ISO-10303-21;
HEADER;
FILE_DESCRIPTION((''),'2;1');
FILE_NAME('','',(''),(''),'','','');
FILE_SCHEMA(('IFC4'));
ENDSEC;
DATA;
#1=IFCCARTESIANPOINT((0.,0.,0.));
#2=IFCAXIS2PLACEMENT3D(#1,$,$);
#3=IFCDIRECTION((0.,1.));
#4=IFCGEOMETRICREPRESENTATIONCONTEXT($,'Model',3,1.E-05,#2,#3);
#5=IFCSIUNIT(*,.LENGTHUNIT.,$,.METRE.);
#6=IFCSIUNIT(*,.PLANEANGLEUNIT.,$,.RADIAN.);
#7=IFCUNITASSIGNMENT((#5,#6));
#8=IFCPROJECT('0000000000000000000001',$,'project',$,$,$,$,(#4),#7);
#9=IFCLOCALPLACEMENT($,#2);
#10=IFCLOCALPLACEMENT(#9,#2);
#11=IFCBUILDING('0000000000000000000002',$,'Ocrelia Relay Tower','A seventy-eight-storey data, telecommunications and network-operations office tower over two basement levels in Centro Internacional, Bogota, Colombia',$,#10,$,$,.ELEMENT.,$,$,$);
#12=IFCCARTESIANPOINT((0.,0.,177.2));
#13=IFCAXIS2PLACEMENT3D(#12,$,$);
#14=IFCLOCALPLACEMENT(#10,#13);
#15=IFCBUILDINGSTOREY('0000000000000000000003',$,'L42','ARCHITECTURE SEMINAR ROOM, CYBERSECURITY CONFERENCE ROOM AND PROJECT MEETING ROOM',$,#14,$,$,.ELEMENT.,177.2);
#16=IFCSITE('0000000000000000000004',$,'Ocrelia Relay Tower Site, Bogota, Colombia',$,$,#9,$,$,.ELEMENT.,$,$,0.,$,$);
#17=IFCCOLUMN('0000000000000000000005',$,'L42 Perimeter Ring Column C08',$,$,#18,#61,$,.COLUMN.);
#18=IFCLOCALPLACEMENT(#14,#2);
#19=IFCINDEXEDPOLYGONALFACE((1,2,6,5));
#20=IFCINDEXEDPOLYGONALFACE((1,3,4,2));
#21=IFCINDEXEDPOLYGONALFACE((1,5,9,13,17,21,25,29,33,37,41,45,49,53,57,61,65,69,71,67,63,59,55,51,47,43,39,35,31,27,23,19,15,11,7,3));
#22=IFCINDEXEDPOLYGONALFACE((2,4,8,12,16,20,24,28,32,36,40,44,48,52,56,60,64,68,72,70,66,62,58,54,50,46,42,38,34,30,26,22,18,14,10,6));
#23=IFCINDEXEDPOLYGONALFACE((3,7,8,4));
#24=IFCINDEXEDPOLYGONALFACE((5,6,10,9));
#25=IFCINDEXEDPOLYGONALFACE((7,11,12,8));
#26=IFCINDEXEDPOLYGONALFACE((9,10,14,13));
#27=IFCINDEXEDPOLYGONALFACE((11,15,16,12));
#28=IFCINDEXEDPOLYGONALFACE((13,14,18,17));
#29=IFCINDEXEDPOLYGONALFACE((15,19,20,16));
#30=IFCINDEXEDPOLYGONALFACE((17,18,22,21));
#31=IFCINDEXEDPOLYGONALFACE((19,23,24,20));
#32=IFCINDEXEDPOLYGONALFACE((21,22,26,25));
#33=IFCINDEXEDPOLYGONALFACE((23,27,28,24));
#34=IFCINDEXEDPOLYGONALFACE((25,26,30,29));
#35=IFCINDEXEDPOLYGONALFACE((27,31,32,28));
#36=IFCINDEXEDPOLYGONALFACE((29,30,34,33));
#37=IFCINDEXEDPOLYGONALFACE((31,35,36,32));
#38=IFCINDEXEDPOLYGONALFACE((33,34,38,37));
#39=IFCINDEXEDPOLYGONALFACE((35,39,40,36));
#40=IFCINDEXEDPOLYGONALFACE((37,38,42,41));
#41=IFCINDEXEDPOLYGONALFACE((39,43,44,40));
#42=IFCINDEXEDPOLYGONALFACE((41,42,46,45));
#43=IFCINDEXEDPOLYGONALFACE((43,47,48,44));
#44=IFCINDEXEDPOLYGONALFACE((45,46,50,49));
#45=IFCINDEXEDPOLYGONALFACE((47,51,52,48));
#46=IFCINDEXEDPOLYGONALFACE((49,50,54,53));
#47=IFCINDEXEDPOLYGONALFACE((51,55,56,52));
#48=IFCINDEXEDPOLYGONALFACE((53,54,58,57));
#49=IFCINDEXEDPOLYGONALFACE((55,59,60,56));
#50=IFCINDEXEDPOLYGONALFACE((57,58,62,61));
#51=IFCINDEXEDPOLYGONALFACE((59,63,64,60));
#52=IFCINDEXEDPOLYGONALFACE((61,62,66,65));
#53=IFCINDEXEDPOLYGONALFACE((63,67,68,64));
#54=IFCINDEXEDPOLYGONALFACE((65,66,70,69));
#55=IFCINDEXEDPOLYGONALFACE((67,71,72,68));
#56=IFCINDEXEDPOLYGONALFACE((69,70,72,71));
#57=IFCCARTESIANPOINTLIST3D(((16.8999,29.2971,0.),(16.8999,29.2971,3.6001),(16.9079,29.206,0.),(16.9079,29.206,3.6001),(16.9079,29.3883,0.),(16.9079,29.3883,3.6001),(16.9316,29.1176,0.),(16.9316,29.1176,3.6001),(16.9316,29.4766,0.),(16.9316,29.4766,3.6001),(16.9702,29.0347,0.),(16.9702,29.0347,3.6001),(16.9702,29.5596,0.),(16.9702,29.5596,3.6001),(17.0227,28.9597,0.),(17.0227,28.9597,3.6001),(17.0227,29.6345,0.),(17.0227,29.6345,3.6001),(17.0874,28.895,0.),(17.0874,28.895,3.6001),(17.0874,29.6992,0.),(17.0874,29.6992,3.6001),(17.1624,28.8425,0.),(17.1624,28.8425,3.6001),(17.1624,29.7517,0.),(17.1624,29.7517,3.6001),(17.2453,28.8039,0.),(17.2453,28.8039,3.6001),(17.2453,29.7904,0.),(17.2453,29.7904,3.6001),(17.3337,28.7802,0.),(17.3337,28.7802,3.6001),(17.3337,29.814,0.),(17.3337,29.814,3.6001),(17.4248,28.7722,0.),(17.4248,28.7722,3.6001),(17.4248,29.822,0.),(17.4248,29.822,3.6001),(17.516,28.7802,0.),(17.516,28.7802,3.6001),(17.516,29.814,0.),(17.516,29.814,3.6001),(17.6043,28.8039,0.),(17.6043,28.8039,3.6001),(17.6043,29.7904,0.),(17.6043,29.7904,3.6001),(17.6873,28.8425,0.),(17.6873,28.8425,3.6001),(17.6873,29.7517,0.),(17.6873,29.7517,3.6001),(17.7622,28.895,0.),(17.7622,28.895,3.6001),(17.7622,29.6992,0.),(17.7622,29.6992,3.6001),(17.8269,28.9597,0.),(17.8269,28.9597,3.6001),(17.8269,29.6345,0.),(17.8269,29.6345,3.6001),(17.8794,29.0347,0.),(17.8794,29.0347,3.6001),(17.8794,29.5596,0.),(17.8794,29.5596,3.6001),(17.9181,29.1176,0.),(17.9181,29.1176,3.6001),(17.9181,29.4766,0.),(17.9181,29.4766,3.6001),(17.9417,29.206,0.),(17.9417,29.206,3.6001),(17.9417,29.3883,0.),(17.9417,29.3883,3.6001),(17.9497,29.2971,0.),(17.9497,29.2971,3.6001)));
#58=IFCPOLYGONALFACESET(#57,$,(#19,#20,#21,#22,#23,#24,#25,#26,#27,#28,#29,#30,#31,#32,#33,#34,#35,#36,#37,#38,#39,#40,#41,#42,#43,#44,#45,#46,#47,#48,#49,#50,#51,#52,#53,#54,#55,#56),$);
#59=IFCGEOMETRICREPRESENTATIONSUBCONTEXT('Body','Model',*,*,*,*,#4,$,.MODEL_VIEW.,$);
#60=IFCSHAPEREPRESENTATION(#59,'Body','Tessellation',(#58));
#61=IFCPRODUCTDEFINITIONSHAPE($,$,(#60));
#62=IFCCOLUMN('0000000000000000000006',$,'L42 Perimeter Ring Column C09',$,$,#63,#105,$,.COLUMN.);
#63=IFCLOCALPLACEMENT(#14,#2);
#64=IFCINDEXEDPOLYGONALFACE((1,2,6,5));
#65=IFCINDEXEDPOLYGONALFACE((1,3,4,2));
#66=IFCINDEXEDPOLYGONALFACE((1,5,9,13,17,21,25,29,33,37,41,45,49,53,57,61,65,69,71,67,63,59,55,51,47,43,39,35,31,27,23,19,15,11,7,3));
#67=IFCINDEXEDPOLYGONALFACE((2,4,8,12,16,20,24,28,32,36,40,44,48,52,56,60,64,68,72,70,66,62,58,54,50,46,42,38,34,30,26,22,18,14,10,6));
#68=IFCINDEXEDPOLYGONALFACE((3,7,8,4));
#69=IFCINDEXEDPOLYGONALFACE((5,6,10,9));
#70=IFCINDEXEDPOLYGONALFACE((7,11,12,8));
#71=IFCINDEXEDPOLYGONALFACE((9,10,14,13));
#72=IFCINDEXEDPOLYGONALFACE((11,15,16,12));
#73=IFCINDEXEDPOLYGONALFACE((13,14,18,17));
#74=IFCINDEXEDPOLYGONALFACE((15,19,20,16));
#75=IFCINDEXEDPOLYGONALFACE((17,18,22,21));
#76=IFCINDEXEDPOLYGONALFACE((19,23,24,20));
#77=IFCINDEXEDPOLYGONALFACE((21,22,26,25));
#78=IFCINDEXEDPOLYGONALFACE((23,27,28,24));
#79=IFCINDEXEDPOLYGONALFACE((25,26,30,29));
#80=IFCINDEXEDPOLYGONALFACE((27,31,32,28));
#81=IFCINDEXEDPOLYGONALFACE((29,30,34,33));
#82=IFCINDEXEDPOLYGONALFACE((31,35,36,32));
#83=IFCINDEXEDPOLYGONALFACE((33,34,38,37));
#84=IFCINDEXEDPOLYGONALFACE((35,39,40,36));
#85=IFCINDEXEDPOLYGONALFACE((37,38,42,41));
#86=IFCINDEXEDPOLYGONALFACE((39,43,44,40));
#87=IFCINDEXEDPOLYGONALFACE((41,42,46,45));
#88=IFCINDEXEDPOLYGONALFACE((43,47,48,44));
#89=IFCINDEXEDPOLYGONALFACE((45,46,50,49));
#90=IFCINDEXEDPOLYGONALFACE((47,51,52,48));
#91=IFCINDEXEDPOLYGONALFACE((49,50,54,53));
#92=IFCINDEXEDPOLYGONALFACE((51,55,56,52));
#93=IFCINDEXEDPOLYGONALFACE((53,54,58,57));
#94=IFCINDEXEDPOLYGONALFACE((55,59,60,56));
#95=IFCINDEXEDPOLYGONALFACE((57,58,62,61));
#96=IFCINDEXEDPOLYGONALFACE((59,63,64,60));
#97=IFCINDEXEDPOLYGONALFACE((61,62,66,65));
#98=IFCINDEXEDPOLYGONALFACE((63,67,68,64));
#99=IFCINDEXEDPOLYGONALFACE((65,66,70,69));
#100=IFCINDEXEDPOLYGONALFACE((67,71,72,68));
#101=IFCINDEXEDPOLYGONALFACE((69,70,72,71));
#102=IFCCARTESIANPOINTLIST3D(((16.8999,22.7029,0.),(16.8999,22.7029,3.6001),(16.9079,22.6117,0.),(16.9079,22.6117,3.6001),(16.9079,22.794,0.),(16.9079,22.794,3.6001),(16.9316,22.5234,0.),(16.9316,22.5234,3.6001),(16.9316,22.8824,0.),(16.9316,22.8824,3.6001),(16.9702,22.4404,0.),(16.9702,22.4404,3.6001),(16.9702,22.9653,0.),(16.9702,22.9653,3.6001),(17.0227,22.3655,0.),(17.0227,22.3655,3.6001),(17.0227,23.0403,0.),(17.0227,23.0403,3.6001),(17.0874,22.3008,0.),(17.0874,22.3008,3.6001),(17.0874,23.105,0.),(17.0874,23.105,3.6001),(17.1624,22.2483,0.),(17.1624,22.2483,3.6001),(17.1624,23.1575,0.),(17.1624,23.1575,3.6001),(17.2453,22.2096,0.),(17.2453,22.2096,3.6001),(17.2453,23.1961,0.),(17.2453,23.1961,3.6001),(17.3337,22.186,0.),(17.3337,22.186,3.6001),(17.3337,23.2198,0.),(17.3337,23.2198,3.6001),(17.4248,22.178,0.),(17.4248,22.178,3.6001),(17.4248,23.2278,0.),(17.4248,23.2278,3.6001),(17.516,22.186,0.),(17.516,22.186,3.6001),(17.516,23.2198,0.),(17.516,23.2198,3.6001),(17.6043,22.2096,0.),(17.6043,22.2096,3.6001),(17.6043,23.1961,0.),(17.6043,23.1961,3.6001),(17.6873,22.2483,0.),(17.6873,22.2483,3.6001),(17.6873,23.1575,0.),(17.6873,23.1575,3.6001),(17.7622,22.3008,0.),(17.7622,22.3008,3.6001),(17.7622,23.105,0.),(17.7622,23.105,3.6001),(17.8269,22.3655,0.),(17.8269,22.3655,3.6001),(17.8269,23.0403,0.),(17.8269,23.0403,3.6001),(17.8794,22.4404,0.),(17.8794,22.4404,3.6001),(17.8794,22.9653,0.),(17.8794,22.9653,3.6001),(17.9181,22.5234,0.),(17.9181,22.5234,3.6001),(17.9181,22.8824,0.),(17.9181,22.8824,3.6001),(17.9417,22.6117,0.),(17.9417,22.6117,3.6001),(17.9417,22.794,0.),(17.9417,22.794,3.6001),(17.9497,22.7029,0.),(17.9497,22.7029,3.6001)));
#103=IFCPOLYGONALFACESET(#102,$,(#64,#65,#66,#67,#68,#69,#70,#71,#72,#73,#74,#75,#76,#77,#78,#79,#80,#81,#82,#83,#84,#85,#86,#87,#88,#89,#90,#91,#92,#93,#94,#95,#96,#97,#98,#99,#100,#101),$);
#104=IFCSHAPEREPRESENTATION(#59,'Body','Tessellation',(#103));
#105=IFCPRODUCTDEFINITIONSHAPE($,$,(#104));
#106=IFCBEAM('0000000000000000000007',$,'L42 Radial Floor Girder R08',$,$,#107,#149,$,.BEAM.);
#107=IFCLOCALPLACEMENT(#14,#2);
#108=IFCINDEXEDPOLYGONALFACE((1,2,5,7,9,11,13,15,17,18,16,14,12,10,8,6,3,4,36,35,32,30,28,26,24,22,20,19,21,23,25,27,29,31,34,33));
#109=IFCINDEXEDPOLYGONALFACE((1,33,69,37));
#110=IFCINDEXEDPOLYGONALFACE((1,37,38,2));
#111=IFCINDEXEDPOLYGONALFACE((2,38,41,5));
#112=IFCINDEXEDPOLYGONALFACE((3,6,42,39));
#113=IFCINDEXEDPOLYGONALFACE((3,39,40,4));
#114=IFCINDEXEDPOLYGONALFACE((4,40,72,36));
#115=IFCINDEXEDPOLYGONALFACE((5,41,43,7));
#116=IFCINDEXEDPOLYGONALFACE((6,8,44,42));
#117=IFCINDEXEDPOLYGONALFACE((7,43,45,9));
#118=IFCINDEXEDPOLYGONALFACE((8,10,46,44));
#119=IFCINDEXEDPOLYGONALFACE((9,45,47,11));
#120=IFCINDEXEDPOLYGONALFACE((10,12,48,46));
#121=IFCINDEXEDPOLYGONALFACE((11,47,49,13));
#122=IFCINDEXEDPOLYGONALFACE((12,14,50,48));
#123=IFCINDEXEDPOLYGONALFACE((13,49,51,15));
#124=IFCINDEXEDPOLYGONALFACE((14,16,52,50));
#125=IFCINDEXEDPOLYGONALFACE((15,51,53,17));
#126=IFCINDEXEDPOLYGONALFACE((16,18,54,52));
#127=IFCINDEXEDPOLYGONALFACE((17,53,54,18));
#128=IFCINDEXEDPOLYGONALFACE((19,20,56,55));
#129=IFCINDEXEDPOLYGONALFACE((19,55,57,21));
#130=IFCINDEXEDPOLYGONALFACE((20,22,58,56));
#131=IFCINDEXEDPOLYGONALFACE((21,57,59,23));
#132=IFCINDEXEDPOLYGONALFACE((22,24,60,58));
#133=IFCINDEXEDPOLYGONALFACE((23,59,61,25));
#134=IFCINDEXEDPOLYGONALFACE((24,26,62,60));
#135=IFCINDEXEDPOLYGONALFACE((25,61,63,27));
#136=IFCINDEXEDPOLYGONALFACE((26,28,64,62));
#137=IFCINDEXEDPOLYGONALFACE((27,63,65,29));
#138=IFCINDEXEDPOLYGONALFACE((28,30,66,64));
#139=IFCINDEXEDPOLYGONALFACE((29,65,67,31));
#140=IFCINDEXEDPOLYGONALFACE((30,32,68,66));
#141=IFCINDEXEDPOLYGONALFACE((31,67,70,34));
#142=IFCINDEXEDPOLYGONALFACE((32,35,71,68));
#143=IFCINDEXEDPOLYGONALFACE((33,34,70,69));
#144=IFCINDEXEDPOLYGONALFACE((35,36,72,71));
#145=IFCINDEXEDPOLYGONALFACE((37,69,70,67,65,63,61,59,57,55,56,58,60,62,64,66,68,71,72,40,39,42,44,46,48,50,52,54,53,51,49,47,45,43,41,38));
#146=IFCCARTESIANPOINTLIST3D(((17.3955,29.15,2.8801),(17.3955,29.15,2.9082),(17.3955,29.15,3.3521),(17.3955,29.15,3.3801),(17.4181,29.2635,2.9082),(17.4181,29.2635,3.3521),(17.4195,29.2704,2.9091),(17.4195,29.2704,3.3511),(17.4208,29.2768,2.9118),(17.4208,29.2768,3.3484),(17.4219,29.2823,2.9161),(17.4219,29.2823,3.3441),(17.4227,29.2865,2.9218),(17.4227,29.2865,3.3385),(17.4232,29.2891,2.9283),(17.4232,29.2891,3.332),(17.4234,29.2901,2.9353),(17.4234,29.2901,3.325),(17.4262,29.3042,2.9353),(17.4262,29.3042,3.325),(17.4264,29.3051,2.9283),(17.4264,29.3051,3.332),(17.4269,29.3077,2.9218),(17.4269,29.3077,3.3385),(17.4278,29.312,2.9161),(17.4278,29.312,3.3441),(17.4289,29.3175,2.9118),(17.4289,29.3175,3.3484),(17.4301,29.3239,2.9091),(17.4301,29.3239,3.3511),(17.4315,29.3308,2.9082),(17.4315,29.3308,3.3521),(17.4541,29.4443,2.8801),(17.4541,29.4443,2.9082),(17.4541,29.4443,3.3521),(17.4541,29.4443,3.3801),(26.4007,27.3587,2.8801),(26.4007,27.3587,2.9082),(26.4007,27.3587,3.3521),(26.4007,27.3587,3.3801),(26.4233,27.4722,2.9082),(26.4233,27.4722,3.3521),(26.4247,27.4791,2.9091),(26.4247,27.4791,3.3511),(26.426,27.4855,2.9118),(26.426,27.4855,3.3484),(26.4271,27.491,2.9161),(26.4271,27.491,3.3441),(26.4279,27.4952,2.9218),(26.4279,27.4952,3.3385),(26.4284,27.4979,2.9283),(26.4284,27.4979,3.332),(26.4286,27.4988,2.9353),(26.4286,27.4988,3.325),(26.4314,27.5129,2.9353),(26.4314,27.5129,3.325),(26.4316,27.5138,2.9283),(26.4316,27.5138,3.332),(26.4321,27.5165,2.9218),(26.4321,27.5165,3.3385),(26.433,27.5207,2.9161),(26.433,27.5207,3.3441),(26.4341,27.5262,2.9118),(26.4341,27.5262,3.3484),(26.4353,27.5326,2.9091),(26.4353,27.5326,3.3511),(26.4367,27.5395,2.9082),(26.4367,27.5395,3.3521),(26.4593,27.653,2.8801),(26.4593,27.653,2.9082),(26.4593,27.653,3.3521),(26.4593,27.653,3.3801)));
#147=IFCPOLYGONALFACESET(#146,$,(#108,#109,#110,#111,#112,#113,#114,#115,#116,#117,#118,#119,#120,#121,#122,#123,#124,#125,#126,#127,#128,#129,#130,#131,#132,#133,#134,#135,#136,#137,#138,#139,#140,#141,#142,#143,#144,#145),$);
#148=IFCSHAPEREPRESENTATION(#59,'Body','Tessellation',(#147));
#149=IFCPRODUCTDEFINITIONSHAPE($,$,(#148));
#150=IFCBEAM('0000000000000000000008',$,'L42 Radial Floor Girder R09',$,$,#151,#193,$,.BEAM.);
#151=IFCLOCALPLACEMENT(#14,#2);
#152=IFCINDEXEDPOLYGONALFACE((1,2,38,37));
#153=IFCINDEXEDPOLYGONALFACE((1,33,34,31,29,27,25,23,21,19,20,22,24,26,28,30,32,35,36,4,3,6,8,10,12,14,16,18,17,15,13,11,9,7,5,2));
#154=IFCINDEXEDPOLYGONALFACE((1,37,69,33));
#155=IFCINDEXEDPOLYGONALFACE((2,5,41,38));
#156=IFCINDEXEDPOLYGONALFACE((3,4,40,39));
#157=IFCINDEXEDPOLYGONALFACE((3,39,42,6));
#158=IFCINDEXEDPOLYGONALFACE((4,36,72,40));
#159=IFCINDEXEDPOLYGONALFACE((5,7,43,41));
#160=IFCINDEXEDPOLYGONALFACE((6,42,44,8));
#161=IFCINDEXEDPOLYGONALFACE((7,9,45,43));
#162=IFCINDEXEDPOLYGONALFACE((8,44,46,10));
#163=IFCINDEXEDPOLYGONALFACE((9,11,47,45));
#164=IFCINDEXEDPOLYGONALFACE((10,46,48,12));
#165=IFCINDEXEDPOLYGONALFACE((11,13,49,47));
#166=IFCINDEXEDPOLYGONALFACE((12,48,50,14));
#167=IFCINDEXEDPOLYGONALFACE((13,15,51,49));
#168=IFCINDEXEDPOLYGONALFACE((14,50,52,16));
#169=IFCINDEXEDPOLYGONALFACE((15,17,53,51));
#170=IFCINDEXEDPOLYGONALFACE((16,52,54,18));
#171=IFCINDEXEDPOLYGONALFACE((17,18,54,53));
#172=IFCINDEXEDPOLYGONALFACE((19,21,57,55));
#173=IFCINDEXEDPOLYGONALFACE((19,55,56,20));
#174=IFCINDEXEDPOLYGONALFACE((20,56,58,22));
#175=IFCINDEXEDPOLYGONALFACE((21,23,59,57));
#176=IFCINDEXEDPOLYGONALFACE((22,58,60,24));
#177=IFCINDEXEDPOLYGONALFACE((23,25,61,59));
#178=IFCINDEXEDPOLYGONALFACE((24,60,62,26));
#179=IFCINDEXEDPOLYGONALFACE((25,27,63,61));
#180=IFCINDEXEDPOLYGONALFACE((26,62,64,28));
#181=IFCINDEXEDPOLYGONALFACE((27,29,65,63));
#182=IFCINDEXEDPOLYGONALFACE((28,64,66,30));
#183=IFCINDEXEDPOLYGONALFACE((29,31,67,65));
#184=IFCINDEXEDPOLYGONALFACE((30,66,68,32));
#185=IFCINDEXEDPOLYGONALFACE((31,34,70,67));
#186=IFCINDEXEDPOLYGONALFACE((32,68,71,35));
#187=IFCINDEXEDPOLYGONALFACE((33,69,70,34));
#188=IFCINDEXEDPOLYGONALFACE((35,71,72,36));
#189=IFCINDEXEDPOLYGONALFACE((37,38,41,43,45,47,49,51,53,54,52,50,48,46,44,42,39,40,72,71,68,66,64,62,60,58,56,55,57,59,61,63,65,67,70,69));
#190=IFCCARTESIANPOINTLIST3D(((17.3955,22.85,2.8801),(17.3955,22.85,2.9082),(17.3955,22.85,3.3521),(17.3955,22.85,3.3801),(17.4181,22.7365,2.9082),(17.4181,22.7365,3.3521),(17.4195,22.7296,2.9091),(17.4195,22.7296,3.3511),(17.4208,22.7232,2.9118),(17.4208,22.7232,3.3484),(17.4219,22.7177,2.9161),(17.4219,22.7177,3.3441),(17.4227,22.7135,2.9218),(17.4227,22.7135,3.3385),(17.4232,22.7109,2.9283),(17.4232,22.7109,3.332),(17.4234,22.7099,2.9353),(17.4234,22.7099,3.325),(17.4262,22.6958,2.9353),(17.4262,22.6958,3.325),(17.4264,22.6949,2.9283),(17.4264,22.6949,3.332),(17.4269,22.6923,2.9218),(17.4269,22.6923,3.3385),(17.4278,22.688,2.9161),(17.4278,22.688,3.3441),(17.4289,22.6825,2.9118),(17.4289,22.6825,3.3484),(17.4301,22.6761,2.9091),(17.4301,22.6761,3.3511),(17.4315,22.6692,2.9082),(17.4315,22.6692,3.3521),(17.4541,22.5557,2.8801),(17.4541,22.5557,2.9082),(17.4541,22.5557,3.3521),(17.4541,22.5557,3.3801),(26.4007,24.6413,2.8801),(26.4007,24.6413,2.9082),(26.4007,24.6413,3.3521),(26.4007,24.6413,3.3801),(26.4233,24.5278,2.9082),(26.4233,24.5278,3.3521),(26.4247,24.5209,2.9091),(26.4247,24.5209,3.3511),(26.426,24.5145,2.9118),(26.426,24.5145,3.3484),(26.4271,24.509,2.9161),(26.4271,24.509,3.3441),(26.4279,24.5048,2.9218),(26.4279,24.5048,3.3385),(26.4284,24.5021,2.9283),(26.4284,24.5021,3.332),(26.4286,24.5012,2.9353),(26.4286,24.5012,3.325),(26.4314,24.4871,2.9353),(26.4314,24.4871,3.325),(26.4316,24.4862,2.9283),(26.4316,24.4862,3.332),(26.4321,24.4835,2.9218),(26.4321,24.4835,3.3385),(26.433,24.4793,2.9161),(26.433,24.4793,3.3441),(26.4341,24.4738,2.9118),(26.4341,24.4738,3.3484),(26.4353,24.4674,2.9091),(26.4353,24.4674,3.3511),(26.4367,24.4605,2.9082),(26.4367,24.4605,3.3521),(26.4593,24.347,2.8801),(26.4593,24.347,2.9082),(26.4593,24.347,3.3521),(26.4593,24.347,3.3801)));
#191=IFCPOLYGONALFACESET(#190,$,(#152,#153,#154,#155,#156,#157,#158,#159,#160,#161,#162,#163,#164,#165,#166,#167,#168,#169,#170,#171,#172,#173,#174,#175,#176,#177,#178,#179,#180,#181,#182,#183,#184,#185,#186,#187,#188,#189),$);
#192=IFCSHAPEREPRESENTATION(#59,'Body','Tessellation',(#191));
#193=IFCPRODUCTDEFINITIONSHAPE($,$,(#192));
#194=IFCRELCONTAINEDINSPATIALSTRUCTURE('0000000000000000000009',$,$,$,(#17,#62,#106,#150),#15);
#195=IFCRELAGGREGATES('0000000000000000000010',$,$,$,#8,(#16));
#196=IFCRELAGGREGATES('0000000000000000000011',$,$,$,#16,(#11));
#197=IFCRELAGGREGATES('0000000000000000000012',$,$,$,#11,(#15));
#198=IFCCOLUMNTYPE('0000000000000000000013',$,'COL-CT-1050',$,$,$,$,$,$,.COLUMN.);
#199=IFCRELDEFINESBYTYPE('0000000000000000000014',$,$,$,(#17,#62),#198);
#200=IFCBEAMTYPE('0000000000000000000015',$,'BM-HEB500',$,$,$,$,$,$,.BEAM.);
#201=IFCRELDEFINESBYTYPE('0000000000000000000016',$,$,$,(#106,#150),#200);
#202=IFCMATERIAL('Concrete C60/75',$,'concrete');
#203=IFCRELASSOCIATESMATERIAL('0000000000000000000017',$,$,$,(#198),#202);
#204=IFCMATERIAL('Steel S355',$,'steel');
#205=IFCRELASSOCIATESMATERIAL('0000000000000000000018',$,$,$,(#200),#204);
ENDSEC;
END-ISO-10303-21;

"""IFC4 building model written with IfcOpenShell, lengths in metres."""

from ifc_helpers import new_model, si_unit, direction, frame, origin, origin_2d, place, context, subcontext, project, spatial, circle, i_section, extrude, material, material_profile, profile_set, type_object, element, save


model = new_model("IFC4")

# Units and contexts
model_context = context("Model", 3, precision=1e-05, world=origin(), true_north=direction((0.0, 1.0)))
body_context = subcontext(model_context, "Body", "Model", "MODEL_VIEW")
ifc_project = project(units=[si_unit("LENGTHUNIT", "METRE"), si_unit("PLANEANGLEUNIT", "RADIAN")], contexts=[model_context])

# Site, building, storey
site_placement = place(None, origin())
site = spatial("IfcSite", under=ifc_project, at=site_placement, Name="Ocrelia Relay Tower Site, Bogota, Colombia", CompositionType="ELEMENT", RefElevation=0.0)
building_placement = place(site_placement, origin())
building = spatial("IfcBuilding", under=site, at=building_placement, Name="Ocrelia Relay Tower", Description="A seventy-eight-storey data, telecommunications and network-operations office tower over two basement levels in Centro Internacional, Bogota, Colombia", CompositionType="ELEMENT")
storey_placement = place(building_placement, frame((0.0, 0.0, 177.2)))
storey = spatial("IfcBuildingStorey", under=building, at=storey_placement, Name="L42", Description="ARCHITECTURE SEMINAR ROOM, CYBERSECURITY CONFERENCE ROOM AND PROJECT MEETING ROOM", CompositionType="ELEMENT", Elevation=177.2)

# Columns
ifc_material_1 = material(Name="Concrete C60/75", Category="concrete")
ifc_material_profile_1 = material_profile(ifc_material_1, circle(Radius=0.5249, at=origin_2d()), Name="RC-CIR-1050")
ifc_profile_set_1 = profile_set([ifc_material_profile_1], Name="Concrete C60/75")
column_type = type_object("IfcColumnType", Name="COL-CT-1050", PredefinedType="COLUMN", material=ifc_profile_set_1)
for number, where, z_axis, x_axis, name in (
    (1, (17.4248, 29.2971, 0.0), (0.0, 0.0, 1.0), (1.0, 0.0, 0.0), "L42 Perimeter Ring Column C08"),
    (2, (17.4248, 22.7029, 0.0), (0.0, 0.0, 1.0), (1.0, 0.0, 0.0), "L42 Perimeter Ring Column C09"),
):
    element("IfcColumn", number, at=place(storey_placement, frame(where, z_axis=z_axis, x_axis=x_axis)), inside=storey, type_object=column_type, Name=name, PredefinedType="COLUMN", context=body_context, shape_type="SweptSolid", body=[
        extrude(circle(Radius=0.5249, at=origin_2d()), origin(), (0.0, 0.0, 1.0), 3.6001),
    ])

# Beams
ifc_material_2 = material(Name="Steel S355", Category="steel")
ifc_material_profile_2 = material_profile(ifc_material_2, i_section(OverallWidth=0.3, OverallDepth=0.5, WebThickness=0.0144, FlangeThickness=0.0281, FilletRadius=0.0271, at=origin_2d()), Name="HEB 500")
ifc_profile_set_2 = profile_set([ifc_material_profile_2], Name="Steel S355")
beam_type_1 = type_object("IfcBeamType", Name="BM-HEB500", PredefinedType="BEAM", material=ifc_profile_set_2)
for number, where, z_axis, x_axis, name in (
    (3, (17.4248, 29.2971, 3.1301), (0.980785, -0.195093, 0.0), (0.195093, 0.980785, 0.0), "L42 Radial Floor Girder R08"),
    (4, (17.4248, 22.7029, 3.1301), (0.980785, 0.195093, 0.0), (-0.195093, 0.980785, 0.0), "L42 Radial Floor Girder R09"),
):
    element("IfcBeam", number, at=place(storey_placement, frame(where, z_axis=z_axis, x_axis=x_axis)), inside=storey, type_object=beam_type_1, Name=name, PredefinedType="BEAM", context=body_context, shape_type="SweptSolid", body=[
        extrude(i_section(OverallWidth=0.3, OverallDepth=0.5, WebThickness=0.0144, FlangeThickness=0.0281, FilletRadius=0.0271, at=origin_2d()), origin(), (0.0, 0.0, 1.0), 9.1816),
    ])

save(model, "model.ifc")
